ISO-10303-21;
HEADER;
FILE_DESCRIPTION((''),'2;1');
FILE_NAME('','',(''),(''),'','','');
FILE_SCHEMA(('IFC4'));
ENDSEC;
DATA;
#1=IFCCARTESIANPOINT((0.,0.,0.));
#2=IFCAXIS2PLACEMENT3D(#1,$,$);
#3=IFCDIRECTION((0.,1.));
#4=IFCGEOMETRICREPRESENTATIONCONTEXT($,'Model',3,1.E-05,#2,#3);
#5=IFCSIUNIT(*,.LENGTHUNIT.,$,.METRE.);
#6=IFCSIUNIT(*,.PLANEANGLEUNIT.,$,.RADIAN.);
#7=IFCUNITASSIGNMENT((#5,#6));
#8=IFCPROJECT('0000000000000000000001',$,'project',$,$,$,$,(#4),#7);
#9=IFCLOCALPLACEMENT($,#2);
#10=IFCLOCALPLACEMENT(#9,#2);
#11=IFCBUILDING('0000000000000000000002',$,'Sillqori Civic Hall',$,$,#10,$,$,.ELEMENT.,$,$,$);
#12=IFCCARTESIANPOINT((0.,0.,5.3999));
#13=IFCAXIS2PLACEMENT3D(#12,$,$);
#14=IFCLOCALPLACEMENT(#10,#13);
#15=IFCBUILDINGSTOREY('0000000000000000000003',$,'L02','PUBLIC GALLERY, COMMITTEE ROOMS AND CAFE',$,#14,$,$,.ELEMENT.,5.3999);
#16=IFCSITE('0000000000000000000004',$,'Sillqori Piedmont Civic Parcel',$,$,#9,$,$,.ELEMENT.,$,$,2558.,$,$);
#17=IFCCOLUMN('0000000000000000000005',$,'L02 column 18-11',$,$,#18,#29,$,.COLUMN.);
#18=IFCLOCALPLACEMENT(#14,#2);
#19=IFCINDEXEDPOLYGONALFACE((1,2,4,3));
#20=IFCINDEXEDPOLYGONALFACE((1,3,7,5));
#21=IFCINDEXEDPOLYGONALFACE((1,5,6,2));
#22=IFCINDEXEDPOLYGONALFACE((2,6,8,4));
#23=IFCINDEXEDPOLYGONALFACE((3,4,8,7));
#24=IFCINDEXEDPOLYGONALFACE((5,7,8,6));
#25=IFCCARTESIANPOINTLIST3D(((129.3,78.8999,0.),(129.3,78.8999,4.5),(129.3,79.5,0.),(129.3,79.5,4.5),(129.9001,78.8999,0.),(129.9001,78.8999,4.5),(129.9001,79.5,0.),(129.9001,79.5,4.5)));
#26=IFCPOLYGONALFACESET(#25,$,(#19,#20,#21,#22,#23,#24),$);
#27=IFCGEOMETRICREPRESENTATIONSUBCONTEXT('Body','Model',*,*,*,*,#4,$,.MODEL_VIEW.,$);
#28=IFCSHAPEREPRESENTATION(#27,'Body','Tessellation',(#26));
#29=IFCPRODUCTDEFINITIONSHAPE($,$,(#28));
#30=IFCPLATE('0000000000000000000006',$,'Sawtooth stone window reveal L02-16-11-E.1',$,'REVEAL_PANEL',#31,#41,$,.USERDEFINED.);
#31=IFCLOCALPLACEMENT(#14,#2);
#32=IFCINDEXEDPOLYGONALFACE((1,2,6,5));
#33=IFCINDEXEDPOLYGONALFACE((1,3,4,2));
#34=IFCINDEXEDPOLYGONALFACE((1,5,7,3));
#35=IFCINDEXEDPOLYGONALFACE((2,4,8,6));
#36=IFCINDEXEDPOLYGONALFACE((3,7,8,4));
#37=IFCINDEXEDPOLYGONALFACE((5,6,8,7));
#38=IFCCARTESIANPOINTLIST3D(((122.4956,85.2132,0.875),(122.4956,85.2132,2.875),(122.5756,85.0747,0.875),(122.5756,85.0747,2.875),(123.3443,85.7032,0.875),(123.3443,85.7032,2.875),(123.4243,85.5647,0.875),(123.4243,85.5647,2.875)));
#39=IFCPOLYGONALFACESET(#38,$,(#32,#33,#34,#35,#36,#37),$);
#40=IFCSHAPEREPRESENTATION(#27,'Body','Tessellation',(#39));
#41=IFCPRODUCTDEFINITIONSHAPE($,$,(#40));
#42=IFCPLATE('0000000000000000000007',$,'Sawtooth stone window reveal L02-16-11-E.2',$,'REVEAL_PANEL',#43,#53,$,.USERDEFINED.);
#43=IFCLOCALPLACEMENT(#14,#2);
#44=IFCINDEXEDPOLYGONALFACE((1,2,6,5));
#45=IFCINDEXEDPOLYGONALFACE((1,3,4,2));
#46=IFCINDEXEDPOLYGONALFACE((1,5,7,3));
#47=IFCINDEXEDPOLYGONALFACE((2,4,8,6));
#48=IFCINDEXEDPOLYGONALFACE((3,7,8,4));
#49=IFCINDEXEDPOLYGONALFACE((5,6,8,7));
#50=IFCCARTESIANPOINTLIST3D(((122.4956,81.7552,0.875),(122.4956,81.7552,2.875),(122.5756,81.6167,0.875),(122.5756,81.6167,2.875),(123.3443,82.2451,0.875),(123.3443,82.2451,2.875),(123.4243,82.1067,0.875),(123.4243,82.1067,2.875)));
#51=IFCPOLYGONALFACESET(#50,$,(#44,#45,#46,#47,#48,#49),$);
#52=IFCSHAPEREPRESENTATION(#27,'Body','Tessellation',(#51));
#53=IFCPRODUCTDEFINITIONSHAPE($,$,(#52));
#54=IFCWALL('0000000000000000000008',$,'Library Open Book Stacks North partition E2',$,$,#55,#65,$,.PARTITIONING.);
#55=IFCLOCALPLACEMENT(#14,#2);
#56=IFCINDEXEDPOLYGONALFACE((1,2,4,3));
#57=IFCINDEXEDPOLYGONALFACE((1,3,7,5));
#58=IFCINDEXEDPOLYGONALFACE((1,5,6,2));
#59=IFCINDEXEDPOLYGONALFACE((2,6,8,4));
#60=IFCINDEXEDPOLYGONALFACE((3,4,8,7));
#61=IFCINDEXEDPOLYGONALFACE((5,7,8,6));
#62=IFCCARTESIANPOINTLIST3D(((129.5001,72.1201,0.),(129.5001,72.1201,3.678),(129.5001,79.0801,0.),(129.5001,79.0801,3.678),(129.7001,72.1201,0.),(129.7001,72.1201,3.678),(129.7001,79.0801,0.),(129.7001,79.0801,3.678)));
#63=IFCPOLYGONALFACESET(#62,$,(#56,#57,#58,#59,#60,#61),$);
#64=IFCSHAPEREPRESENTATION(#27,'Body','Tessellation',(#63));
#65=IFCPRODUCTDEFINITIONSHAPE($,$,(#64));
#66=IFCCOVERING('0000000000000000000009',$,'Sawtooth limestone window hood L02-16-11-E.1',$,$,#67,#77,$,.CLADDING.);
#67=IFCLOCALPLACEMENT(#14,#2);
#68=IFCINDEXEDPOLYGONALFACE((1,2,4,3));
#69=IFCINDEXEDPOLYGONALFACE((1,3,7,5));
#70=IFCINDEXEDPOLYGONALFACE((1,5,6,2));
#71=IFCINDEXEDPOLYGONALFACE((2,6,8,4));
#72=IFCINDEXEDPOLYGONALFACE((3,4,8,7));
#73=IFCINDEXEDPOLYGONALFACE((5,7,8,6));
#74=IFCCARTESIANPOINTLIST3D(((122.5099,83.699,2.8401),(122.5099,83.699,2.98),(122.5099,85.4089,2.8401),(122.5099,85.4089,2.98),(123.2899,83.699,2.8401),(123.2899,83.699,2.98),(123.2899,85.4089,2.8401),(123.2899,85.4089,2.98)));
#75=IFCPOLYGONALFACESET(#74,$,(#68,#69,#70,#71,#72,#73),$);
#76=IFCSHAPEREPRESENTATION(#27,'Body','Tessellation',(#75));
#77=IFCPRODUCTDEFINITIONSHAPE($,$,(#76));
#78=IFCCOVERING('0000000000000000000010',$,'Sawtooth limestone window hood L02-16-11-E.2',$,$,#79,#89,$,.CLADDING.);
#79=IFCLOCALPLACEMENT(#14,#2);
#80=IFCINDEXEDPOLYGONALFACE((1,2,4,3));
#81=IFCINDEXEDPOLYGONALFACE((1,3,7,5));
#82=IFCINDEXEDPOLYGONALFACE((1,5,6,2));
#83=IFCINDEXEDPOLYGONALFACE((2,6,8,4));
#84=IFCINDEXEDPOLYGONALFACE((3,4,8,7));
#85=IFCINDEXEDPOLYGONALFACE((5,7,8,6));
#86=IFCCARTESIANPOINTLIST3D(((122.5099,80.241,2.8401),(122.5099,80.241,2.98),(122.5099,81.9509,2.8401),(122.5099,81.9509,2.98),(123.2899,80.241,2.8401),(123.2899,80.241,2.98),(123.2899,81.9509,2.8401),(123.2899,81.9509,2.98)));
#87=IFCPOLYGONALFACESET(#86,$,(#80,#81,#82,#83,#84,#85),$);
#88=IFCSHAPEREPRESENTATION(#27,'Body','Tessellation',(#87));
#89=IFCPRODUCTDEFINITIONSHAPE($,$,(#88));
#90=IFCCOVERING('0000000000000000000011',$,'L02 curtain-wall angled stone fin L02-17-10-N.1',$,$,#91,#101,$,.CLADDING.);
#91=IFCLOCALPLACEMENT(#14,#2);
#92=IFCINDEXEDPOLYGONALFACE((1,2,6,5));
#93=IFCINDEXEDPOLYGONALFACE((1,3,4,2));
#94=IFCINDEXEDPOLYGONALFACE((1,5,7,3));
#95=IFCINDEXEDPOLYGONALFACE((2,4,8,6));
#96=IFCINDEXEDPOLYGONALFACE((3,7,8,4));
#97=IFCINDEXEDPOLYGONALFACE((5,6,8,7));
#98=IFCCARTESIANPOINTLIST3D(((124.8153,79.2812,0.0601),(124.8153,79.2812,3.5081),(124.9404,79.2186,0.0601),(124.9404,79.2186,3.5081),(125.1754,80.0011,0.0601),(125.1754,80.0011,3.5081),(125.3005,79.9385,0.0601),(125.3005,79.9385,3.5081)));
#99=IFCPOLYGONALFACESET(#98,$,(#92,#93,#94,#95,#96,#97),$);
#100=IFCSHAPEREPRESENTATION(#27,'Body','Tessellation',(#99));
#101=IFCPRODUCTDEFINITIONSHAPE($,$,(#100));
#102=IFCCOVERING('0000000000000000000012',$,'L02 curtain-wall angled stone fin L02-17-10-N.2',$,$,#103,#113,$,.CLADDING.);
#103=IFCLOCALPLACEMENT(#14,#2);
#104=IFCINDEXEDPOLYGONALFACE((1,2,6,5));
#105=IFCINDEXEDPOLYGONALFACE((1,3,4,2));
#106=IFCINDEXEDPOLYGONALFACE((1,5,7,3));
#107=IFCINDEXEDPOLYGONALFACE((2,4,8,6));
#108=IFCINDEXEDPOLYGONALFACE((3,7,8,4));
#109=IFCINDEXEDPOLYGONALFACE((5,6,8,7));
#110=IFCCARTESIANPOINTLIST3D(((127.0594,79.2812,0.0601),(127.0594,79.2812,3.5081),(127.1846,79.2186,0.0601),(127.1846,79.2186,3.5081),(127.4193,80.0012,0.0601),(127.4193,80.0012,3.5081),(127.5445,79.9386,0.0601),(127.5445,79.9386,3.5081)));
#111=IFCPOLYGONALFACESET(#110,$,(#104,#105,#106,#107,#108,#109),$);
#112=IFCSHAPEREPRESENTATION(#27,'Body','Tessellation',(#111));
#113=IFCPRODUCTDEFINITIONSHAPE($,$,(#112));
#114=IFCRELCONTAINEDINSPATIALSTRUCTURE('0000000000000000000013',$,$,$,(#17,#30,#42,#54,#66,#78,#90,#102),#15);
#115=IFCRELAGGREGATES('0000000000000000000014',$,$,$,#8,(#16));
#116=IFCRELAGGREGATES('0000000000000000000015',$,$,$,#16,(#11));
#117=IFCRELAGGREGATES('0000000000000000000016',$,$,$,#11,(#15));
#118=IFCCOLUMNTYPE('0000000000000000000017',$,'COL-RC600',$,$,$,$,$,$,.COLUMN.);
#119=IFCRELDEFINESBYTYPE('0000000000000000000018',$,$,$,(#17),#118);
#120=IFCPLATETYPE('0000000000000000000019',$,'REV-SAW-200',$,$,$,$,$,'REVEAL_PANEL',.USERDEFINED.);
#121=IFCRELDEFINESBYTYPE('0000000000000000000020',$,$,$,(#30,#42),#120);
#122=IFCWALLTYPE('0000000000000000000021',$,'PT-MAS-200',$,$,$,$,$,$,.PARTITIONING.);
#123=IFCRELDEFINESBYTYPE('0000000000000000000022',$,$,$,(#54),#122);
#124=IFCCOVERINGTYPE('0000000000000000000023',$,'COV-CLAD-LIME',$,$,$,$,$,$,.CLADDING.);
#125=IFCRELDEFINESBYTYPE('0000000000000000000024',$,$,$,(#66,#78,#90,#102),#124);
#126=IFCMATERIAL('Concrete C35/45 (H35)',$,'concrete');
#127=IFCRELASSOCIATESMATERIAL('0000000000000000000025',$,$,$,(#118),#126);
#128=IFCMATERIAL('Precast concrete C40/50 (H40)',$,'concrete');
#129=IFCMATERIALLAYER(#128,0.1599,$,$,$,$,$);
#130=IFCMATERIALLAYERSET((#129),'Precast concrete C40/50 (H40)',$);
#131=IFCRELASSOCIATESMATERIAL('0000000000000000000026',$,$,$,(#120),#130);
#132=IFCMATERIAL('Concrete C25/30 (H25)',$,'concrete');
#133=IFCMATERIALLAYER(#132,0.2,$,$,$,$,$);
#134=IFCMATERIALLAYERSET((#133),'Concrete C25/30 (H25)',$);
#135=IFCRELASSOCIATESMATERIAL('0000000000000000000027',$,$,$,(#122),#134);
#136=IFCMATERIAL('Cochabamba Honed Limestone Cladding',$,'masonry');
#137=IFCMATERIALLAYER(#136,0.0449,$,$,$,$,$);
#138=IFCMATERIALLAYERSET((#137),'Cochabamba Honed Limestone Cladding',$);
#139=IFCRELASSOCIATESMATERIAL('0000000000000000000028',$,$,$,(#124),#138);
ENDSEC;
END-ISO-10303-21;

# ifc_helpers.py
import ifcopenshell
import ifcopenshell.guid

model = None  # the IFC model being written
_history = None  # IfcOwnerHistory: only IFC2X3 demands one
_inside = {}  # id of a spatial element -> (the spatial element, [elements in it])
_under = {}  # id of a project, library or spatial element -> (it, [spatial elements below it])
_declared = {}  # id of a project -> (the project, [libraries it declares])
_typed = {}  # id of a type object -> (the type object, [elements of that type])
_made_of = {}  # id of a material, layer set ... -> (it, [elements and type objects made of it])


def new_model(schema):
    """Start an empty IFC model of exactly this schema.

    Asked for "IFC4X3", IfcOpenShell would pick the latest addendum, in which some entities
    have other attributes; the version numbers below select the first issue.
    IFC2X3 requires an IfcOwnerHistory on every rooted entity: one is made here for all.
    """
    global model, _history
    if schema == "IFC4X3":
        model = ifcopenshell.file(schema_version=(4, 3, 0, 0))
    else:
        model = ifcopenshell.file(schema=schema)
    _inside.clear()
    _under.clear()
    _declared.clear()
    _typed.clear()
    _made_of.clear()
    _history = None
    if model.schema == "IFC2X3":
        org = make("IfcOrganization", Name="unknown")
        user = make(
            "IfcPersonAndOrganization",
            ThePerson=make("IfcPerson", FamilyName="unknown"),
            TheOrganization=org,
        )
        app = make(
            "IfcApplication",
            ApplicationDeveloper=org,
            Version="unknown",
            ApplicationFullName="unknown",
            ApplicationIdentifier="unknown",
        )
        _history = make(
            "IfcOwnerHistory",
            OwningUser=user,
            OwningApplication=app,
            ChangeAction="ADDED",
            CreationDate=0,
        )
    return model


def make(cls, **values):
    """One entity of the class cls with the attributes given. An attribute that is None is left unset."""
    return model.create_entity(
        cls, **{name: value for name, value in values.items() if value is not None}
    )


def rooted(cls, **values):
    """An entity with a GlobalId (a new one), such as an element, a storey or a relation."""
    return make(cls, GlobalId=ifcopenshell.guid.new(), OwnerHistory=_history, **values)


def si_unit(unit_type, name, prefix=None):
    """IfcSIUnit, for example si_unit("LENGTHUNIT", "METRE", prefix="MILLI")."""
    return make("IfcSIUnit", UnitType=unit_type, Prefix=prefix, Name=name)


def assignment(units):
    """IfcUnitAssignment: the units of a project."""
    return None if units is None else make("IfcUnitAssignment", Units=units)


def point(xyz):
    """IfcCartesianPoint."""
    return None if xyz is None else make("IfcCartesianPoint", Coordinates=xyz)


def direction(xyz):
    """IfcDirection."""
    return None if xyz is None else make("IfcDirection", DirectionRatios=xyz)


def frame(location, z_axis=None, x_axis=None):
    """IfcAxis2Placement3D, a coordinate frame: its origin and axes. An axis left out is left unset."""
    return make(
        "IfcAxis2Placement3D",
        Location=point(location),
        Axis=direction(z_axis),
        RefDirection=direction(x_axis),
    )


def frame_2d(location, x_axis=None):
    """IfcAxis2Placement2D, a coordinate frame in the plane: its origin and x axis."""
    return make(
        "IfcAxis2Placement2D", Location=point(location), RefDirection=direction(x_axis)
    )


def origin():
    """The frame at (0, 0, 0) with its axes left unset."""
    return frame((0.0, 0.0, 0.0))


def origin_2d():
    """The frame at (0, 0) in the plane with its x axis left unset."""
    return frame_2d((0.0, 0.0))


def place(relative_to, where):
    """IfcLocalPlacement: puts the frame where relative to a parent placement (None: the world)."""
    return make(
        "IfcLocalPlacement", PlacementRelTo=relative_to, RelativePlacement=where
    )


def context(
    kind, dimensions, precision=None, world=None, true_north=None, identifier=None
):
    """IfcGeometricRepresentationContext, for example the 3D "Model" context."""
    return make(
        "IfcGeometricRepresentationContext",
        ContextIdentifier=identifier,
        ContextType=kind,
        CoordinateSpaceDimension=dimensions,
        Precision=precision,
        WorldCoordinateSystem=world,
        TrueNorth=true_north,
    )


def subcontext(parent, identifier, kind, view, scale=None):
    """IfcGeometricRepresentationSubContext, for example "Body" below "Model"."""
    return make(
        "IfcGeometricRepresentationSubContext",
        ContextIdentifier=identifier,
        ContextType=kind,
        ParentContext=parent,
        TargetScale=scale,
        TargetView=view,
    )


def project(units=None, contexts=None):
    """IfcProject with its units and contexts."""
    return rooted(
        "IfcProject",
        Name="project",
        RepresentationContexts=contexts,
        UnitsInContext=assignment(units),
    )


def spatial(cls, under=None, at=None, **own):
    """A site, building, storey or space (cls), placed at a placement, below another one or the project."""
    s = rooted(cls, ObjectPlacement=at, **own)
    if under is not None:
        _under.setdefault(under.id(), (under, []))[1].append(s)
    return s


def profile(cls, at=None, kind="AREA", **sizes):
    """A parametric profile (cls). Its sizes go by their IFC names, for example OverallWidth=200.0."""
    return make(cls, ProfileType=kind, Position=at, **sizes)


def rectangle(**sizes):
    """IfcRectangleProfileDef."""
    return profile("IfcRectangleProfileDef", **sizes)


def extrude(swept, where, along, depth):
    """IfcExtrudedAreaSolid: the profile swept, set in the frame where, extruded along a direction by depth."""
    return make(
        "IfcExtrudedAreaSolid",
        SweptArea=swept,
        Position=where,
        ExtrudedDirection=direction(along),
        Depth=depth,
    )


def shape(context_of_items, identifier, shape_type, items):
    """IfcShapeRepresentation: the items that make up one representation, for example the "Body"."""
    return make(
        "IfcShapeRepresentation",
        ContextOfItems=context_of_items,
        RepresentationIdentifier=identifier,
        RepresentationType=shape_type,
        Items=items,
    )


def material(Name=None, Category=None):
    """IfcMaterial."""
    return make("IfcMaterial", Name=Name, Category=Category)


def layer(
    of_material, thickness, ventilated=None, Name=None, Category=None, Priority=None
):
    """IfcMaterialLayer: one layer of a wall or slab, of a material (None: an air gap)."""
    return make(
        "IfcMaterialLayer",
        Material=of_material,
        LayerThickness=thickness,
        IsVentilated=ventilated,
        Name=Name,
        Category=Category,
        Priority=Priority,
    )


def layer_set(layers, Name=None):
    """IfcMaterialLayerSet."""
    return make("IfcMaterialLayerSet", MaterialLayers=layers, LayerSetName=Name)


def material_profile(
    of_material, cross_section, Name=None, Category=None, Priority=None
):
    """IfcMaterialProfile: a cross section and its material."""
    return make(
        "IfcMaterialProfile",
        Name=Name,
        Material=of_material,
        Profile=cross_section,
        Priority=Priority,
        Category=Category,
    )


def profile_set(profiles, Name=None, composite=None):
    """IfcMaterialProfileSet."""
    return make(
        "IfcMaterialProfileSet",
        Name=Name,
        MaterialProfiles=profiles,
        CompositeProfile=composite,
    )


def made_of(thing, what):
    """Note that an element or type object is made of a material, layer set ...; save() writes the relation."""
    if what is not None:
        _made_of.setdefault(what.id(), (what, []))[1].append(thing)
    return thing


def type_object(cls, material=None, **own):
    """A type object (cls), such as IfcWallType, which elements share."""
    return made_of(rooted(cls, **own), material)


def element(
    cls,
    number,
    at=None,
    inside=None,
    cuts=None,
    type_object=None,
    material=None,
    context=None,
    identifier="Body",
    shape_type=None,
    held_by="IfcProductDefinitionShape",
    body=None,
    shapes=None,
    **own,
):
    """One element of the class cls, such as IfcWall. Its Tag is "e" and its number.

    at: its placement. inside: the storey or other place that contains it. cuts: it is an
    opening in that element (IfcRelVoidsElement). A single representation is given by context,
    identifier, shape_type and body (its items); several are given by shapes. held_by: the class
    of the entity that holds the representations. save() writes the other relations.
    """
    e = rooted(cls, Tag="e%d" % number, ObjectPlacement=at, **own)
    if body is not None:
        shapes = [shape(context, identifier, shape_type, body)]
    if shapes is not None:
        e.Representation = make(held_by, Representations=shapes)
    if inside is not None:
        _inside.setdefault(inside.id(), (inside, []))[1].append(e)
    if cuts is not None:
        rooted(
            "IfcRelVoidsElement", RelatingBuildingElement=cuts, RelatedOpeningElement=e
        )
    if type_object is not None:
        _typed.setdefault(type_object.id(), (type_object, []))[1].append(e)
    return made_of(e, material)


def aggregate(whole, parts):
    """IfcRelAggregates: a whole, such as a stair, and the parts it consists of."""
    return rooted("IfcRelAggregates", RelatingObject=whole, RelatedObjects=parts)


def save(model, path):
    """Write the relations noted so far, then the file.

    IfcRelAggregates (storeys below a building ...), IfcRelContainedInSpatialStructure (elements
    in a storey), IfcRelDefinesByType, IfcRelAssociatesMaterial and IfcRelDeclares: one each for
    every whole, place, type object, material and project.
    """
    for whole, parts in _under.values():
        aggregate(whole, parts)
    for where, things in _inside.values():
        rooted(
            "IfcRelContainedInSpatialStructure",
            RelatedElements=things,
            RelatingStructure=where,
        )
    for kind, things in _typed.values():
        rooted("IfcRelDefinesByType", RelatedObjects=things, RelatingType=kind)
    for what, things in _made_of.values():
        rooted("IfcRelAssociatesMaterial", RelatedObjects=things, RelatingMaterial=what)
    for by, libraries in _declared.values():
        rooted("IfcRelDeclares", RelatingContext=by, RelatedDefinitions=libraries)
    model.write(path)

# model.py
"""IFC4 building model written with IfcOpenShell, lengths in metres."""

from ifc_helpers import new_model, si_unit, direction, frame, frame_2d, origin, origin_2d, place, context, subcontext, project, spatial, rectangle, extrude, material, layer, layer_set, material_profile, profile_set, type_object, element, save


model = new_model("IFC4")

# Units and contexts
model_context = context("Model", 3, precision=1e-05, world=origin(), true_north=direction((0.0, 1.0)))
body_context = subcontext(model_context, "Body", "Model", "MODEL_VIEW")
ifc_project = project(units=[si_unit("LENGTHUNIT", "METRE"), si_unit("PLANEANGLEUNIT", "RADIAN")], contexts=[model_context])

# Site, building, storey
site_placement = place(None, origin())
site = spatial("IfcSite", under=ifc_project, at=site_placement, Name="Sillqori Piedmont Civic Parcel", CompositionType="ELEMENT", RefElevation=2558.0)
building_placement = place(site_placement, origin())
building = spatial("IfcBuilding", under=site, at=building_placement, Name="Sillqori Civic Hall", CompositionType="ELEMENT")
storey_placement = place(building_placement, frame((0.0, 0.0, 5.3999)))
storey = spatial("IfcBuildingStorey", under=building, at=storey_placement, Name="L02", Description="PUBLIC GALLERY, COMMITTEE ROOMS AND CAFE", CompositionType="ELEMENT", Elevation=5.3999)

# Column
ifc_material_1 = material(Name="Concrete C35/45 (H35)", Category="concrete")
ifc_material_profile_1 = material_profile(ifc_material_1, rectangle(XDim=0.6001, YDim=0.6001, at=origin_2d()), Name="RC 600x600")
ifc_profile_set_1 = profile_set([ifc_material_profile_1], Name="Concrete C35/45 (H35)")
column_type = type_object("IfcColumnType", Name="COL-RC600", PredefinedType="COLUMN", material=ifc_profile_set_1)
column_placement = place(storey_placement, frame((129.6001, 79.2, 0.0), z_axis=(0.0, 0.0, 1.0), x_axis=(1.0, 0.0, 0.0)))
element("IfcColumn", 1, at=column_placement, inside=storey, type_object=column_type, Name="L02 column 18-11", PredefinedType="COLUMN", context=body_context, shape_type="SweptSolid", body=[
    extrude(rectangle(XDim=0.6001, YDim=0.6001, at=origin_2d()), origin(), (0.0, 0.0, 1.0), 4.5),
])

# Plates
ifc_material_2 = material(Name="Precast concrete C40/50 (H40)", Category="concrete")
ifc_layer_1 = layer(ifc_material_2, 0.1599)
ifc_layer_set_1 = layer_set([ifc_layer_1], Name="Precast concrete C40/50 (H40)")
plate_type_1 = type_object("IfcPlateType", Name="REV-SAW-200", ElementType="REVEAL_PANEL", PredefinedType="USERDEFINED", material=ifc_layer_set_1)
for number, where, z_axis, x_axis, name in (
    (2, (122.96, 85.3889, 0.875), (0.0, 0.0, 1.0), (0.5, -0.866025, 0.0), "Sawtooth stone window reveal L02-16-11-E.1"),
    (3, (122.96, 81.9309, 0.875), (0.0, 0.0, 1.0), (0.5, -0.866025, 0.0), "Sawtooth stone window reveal L02-16-11-E.2"),
):
    element("IfcPlate", number, at=place(storey_placement, frame(where, z_axis=z_axis, x_axis=x_axis)), inside=storey, type_object=plate_type_1, Name=name, ObjectType="REVEAL_PANEL", PredefinedType="USERDEFINED", context=body_context, shape_type="SweptSolid", body=[
        extrude(rectangle(XDim=0.1599, YDim=0.98, at=origin_2d()), origin(), (0.0, 0.0, 1.0), 2.0),
    ])

# Wall
ifc_material_3 = material(Name="Concrete C25/30 (H25)", Category="concrete")
ifc_layer_2 = layer(ifc_material_3, 0.2)
ifc_layer_set_2 = layer_set([ifc_layer_2], Name="Concrete C25/30 (H25)")
wall_type = type_object("IfcWallType", Name="PT-MAS-200", PredefinedType="PARTITIONING", material=ifc_layer_set_2)
wall_placement = place(storey_placement, frame((129.6001, 79.0801, 0.0), z_axis=(0.0, 0.0, 1.0), x_axis=(0.0, -1.0, 0.0)))
element("IfcWall", 4, at=wall_placement, inside=storey, type_object=wall_type, Name="Library Open Book Stacks North partition E2", PredefinedType="PARTITIONING", context=body_context, shape_type="SweptSolid", body=[
    extrude(rectangle(XDim=6.96, YDim=0.2, at=frame_2d((3.48, 0.0))), origin(), (0.0, 0.0, 1.0), 3.678),
])

# Coverings
ifc_material_4 = material(Name="Cochabamba Honed Limestone Cladding", Category="masonry")
ifc_layer_3 = layer(ifc_material_4, 0.0449)
ifc_layer_set_3 = layer_set([ifc_layer_3], Name="Cochabamba Honed Limestone Cladding")
covering_type = type_object("IfcCoveringType", Name="COV-CLAD-LIME", PredefinedType="CLADDING", material=ifc_layer_set_3)
for number, where, z_axis, x_axis, name in (
    (5, (122.8999, 85.4089, 2.8401), (0.0, 0.0, 1.0), (0.0, -1.0, 0.0), "Sawtooth limestone window hood L02-16-11-E.1"),
    (6, (122.8999, 81.9509, 2.8401), (0.0, 0.0, 1.0), (0.0, -1.0, 0.0), "Sawtooth limestone window hood L02-16-11-E.2"),
):
    element("IfcCovering", number, at=place(storey_placement, frame(where, z_axis=z_axis, x_axis=x_axis)), inside=storey, type_object=covering_type, Name=name, PredefinedType="CLADDING", context=body_context, shape_type="SweptSolid", body=[
        extrude(rectangle(XDim=1.71, YDim=0.78, at=frame_2d((0.855, 0.0))), origin(), (0.0, 0.0, 1.0), 0.1399),
    ])
for number, where, z_axis, x_axis, name in (
    (7, (124.8779, 79.25, 0.0601), (0.0, 0.0, 1.0), (0.447335, 0.894367, 0.0), "L02 curtain-wall angled stone fin L02-17-10-N.1"),
    (8, (127.1221, 79.25, 0.0601), (0.0, 0.0, 1.0), (0.447092, 0.894488, 0.0), "L02 curtain-wall angled stone fin L02-17-10-N.2"),
):
    element("IfcCovering", number, at=place(storey_placement, frame(where, z_axis=z_axis, x_axis=x_axis)), inside=storey, type_object=covering_type, Name=name, PredefinedType="CLADDING", context=body_context, shape_type="SweptSolid", body=[
        extrude(rectangle(XDim=0.8049, YDim=0.1399, at=frame_2d((0.4023, 0.0))), origin(), (0.0, 0.0, 1.0), 3.448),
    ])

save(model, "model.ifc")
